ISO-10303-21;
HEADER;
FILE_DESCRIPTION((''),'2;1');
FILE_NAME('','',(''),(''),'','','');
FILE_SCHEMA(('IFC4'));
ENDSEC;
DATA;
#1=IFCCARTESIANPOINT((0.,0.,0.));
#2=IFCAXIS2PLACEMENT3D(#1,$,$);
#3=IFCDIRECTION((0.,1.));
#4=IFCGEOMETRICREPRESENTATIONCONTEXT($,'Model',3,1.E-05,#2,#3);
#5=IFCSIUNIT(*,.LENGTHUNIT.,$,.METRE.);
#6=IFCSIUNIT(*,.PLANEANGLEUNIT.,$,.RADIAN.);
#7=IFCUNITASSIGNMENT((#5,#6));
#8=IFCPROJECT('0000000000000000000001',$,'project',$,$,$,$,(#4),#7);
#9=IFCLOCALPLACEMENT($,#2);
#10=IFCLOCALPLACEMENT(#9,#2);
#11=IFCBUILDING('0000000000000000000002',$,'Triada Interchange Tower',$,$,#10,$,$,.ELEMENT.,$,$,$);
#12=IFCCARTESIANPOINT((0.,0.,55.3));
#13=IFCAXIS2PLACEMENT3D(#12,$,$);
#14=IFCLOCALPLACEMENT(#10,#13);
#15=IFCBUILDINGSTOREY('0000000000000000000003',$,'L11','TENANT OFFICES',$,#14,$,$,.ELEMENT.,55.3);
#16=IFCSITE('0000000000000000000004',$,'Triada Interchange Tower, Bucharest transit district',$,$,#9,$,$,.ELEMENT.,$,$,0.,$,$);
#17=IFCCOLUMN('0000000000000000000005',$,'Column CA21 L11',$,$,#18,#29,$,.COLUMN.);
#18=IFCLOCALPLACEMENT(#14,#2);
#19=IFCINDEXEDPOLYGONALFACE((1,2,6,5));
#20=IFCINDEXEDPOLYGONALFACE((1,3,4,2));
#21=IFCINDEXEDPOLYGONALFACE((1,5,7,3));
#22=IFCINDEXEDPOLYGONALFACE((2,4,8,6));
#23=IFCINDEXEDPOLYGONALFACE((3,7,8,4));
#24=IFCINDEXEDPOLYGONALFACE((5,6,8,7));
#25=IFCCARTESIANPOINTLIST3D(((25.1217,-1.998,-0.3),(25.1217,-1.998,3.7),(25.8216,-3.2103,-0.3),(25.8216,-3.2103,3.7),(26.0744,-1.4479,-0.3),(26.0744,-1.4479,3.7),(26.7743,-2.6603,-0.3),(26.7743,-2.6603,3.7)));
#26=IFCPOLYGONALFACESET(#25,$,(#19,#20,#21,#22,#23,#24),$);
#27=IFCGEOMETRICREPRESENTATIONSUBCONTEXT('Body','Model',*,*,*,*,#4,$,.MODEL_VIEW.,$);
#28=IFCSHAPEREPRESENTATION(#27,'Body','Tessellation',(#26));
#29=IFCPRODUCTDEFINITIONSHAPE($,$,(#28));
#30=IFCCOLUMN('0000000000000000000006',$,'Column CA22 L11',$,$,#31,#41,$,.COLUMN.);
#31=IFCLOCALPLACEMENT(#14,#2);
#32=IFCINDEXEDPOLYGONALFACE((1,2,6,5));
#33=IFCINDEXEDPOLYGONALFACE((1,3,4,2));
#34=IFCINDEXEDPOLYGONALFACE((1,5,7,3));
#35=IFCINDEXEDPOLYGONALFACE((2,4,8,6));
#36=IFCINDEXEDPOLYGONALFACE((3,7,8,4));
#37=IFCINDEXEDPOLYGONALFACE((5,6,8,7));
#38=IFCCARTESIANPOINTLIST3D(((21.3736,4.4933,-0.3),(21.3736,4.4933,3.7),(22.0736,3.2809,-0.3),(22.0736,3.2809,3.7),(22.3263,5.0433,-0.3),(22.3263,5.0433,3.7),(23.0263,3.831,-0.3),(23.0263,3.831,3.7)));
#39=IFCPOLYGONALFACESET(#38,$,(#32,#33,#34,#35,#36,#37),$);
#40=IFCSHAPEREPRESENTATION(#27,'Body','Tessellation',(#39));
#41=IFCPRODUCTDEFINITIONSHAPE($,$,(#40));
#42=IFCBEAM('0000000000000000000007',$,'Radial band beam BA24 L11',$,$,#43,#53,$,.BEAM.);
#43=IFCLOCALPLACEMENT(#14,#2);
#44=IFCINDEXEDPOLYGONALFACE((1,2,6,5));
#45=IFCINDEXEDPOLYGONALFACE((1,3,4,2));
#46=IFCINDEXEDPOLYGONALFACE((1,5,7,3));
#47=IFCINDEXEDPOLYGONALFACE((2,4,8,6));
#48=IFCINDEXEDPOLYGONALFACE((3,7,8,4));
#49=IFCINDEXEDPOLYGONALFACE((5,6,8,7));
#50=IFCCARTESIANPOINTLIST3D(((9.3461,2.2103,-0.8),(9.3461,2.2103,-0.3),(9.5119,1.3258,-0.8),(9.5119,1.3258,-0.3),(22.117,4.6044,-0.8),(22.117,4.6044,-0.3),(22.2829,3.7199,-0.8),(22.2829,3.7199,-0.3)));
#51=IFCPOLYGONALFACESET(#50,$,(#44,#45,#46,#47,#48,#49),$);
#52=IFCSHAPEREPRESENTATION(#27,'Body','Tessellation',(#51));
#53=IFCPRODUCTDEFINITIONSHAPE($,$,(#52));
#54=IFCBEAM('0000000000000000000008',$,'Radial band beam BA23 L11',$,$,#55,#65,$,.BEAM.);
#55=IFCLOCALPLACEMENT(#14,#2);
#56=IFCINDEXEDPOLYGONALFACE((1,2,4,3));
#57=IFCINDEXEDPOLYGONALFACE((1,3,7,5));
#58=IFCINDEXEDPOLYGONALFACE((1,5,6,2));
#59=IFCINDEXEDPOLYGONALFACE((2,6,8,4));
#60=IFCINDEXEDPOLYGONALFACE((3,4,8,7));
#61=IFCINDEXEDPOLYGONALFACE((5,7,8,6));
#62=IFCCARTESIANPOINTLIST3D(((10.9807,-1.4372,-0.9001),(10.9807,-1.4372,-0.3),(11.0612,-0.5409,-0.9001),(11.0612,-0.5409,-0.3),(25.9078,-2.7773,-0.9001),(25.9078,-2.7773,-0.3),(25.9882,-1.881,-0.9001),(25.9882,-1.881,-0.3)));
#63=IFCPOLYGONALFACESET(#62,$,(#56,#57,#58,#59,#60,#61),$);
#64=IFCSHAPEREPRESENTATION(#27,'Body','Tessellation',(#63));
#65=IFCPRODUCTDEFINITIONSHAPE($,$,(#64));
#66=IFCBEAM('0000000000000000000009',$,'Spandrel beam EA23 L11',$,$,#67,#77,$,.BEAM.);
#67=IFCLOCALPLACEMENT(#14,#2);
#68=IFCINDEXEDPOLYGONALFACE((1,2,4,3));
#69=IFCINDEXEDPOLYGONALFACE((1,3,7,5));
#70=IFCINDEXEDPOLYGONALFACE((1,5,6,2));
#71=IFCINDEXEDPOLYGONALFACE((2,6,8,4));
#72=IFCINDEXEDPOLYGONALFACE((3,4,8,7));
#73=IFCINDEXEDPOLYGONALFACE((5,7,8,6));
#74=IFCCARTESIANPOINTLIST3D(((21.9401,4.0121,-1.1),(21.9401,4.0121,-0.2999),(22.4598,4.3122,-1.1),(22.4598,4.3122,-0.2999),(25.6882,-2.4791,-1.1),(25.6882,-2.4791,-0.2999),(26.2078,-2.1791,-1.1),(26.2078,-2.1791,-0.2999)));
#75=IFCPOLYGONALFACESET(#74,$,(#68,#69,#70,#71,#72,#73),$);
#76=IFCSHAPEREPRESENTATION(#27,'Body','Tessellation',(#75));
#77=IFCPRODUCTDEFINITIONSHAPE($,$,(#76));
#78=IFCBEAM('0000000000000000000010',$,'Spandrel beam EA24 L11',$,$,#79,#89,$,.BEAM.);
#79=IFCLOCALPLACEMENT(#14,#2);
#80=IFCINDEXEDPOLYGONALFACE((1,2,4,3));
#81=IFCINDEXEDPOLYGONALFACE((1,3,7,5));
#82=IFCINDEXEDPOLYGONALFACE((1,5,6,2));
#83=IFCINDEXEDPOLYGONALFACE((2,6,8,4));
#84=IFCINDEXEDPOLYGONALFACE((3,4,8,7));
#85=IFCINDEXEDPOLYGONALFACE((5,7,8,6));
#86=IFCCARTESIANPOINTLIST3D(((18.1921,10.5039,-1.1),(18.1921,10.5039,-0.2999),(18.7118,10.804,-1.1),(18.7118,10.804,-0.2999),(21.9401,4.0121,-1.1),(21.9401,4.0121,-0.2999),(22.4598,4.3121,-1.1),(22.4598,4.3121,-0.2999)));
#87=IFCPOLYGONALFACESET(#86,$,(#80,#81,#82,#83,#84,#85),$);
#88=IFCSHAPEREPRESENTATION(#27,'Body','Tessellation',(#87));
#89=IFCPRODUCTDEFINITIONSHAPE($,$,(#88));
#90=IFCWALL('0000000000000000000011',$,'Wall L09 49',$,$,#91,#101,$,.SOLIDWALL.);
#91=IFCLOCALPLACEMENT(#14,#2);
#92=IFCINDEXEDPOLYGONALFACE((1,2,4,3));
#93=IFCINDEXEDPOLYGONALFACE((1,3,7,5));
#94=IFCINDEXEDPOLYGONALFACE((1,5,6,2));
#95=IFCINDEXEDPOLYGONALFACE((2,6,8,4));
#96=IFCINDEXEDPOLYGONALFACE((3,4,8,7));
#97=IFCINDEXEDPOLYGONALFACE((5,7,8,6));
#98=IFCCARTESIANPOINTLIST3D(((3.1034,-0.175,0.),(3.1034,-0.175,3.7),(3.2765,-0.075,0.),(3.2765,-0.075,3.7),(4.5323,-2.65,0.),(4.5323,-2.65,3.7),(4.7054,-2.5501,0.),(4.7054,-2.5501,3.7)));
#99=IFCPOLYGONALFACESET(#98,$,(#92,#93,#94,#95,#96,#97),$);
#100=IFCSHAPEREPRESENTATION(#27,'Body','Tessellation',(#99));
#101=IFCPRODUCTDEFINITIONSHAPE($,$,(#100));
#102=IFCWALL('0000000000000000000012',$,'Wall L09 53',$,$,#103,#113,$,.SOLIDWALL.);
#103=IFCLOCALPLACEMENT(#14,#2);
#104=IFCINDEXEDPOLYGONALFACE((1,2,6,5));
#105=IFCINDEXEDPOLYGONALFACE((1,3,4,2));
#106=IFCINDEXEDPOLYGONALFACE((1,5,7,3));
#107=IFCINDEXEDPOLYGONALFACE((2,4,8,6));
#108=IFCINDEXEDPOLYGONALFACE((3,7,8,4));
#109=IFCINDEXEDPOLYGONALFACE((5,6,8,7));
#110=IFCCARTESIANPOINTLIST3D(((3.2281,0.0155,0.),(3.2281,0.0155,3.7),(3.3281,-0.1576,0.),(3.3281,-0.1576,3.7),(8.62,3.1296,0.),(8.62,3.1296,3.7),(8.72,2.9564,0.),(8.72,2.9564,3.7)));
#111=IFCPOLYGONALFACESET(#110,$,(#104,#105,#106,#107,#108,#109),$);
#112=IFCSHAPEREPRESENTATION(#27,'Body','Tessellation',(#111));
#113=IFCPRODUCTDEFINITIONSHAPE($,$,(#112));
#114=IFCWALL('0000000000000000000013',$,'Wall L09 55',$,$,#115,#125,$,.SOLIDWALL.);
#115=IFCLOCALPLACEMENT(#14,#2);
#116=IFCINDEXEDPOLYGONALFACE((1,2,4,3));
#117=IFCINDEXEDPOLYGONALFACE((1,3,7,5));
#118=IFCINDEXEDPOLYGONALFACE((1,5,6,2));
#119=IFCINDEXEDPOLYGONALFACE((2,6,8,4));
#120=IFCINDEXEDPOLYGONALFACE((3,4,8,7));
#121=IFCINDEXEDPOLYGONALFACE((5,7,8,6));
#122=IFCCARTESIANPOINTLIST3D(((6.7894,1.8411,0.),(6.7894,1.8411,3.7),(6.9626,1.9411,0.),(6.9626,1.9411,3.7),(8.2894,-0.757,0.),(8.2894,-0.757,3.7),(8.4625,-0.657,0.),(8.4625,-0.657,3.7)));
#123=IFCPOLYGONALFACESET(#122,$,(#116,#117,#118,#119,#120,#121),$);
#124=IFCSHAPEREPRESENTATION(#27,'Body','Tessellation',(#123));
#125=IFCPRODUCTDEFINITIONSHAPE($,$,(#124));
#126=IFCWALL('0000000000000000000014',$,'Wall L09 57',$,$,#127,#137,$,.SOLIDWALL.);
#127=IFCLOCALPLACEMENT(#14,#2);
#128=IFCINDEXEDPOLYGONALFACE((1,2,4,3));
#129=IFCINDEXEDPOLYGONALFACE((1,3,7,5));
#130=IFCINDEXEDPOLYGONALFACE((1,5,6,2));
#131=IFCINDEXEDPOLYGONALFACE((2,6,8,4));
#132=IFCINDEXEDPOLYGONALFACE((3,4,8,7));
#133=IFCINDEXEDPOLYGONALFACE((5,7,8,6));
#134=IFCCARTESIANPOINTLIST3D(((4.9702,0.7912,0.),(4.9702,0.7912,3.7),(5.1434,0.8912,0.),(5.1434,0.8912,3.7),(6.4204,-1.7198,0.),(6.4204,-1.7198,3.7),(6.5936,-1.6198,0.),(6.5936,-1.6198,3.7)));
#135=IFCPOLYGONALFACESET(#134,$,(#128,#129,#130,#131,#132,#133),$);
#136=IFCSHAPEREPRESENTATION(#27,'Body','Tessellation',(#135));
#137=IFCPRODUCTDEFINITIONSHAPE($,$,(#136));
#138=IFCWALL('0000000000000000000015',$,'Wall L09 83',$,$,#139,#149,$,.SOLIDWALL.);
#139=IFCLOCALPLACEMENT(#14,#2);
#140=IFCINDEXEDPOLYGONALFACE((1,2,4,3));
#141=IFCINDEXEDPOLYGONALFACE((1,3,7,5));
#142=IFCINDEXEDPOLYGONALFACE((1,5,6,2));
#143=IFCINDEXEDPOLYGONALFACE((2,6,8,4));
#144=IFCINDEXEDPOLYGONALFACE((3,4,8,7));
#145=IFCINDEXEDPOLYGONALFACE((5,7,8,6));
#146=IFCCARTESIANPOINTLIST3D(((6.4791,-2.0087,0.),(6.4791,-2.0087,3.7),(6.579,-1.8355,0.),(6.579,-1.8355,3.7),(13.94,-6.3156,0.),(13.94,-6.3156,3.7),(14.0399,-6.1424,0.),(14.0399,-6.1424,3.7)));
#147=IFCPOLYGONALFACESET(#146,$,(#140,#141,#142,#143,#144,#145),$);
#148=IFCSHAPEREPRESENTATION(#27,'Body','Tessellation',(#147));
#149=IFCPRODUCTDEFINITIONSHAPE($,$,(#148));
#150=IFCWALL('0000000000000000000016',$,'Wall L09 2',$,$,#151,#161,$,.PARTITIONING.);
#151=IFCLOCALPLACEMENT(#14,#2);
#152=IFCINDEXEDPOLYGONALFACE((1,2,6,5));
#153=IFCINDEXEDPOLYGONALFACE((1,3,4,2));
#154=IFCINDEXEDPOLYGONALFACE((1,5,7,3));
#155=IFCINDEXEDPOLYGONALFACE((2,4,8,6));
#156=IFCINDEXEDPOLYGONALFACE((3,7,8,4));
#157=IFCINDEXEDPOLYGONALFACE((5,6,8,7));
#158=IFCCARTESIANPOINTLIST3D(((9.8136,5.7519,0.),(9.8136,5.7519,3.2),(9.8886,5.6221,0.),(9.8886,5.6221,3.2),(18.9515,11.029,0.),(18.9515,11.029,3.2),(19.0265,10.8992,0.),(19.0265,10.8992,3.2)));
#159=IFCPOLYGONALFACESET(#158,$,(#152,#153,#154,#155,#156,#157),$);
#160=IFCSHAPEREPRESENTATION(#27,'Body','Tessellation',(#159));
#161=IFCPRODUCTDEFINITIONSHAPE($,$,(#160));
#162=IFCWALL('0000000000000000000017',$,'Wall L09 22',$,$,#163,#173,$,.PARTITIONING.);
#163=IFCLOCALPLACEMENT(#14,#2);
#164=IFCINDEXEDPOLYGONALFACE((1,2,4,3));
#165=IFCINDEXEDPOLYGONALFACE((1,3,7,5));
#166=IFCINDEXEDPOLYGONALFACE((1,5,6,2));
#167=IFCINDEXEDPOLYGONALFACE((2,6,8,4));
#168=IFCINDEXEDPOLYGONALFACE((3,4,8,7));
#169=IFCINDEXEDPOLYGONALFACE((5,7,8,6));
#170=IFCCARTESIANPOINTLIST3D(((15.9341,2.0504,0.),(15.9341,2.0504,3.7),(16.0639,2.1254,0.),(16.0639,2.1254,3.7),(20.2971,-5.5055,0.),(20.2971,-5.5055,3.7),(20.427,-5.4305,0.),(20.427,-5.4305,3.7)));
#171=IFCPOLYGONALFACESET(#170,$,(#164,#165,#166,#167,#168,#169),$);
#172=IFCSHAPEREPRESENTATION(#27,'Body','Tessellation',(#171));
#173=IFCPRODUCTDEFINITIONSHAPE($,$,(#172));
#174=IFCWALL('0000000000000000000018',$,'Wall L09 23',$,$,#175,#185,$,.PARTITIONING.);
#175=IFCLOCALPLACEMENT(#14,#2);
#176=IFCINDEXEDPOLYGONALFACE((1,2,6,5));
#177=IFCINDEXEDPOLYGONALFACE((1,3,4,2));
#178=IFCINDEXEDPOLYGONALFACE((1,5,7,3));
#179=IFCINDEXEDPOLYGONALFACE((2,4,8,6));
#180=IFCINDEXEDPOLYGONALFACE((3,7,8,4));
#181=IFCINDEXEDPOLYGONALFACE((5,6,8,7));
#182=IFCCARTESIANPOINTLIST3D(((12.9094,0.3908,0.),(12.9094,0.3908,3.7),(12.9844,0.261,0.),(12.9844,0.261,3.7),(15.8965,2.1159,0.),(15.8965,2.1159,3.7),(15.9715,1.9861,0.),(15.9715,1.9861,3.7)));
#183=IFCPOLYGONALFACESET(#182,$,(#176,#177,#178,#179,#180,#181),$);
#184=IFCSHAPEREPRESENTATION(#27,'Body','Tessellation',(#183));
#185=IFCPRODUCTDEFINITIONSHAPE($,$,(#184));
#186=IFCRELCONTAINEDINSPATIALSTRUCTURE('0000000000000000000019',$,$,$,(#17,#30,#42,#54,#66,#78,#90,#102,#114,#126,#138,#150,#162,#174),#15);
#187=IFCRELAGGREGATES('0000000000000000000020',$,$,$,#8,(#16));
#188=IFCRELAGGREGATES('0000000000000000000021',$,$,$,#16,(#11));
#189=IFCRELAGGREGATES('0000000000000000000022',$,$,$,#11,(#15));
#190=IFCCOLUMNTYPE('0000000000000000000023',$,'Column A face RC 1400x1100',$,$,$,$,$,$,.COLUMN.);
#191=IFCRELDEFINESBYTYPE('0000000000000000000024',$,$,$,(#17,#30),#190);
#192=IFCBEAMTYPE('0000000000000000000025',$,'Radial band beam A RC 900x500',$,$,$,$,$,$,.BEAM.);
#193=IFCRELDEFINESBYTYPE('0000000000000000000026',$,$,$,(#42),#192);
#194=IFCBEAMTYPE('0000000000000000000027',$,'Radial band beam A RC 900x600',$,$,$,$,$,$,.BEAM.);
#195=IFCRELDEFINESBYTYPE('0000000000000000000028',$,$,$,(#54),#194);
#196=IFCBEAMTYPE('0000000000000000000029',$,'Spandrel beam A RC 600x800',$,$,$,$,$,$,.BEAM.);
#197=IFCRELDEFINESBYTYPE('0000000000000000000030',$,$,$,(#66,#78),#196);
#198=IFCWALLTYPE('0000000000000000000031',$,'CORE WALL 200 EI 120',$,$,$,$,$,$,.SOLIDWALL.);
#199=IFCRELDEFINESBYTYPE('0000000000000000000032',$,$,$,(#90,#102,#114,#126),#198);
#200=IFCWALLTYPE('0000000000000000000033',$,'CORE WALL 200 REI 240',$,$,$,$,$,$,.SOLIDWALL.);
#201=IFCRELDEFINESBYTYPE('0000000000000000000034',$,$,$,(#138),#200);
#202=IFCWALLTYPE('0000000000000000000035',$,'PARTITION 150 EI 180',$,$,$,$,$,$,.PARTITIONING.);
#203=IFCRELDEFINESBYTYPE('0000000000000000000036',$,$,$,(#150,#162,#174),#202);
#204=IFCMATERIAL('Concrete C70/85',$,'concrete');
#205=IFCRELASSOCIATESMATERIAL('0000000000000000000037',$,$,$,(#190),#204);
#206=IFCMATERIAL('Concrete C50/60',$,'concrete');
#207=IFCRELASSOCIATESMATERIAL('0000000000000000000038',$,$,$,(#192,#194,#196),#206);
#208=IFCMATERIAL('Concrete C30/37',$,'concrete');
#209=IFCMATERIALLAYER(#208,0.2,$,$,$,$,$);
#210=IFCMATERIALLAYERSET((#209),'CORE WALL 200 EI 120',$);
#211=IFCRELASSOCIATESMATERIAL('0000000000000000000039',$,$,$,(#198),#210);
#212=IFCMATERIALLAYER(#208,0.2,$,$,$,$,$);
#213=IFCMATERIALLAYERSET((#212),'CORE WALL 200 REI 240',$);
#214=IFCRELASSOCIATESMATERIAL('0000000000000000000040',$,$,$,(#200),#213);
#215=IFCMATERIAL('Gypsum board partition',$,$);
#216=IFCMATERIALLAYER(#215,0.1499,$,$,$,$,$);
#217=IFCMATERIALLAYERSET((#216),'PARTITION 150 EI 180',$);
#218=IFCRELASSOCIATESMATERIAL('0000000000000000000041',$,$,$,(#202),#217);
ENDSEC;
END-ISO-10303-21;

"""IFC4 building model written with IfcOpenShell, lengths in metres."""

from ifc_helpers import new_model, si_unit, direction, frame, frame_2d, origin, origin_2d, place, context, subcontext, project, spatial, rectangle, extrude, material, layer, layer_set, material_profile, profile_set, type_object, element, save


model = new_model("IFC4")

# Units and contexts
model_context = context("Model", 3, precision=1e-05, world=origin(), true_north=direction((0.0, 1.0)))
body_context = subcontext(model_context, "Body", "Model", "MODEL_VIEW")
ifc_project = project(units=[si_unit("LENGTHUNIT", "METRE"), si_unit("PLANEANGLEUNIT", "RADIAN")], contexts=[model_context])

# Site, building, storey
site_placement = place(None, origin())
site = spatial("IfcSite", under=ifc_project, at=site_placement, Name="Triada Interchange Tower, Bucharest transit district", CompositionType="ELEMENT", RefElevation=0.0)
building_placement = place(site_placement, origin())
building = spatial("IfcBuilding", under=site, at=building_placement, Name="Triada Interchange Tower", CompositionType="ELEMENT")
storey_placement = place(building_placement, frame((0.0, 0.0, 55.3)))
storey = spatial("IfcBuildingStorey", under=building, at=storey_placement, Name="L11", Description="TENANT OFFICES", CompositionType="ELEMENT", Elevation=55.3)

# Columns
ifc_material_1 = material(Name="Concrete C70/85", Category="concrete")
ifc_material_profile_1 = material_profile(ifc_material_1, rectangle(XDim=1.3999, YDim=1.1001, at=origin_2d()), Name="RC 1400x1100")
ifc_profile_set_1 = profile_set([ifc_material_profile_1], Name="Concrete C70/85")
column_type = type_object("IfcColumnType", Name="Column A face RC 1400x1100", PredefinedType="COLUMN", material=ifc_profile_set_1)
for number, where, z_axis, x_axis, name in (
    (1, (25.948, -2.3291, -0.3), (0.0, 0.0, 1.0), (-0.5, 0.866025, 0.0), "Column CA21 L11"),
    (2, (22.2, 4.1621, -0.3), (0.0, 0.0, 1.0), (-0.5, 0.866025, 0.0), "Column CA22 L11"),
):
    element("IfcColumn", number, at=place(storey_placement, frame(where, z_axis=z_axis, x_axis=x_axis)), inside=storey, type_object=column_type, Name=name, PredefinedType="COLUMN", context=body_context, shape_type="SweptSolid", body=[
        extrude(rectangle(XDim=1.3999, YDim=1.1001, at=origin_2d()), origin(), (0.0, 0.0, 1.0), 4.0),
    ])

# Beams
ifc_material_2 = material(Name="Concrete C50/60", Category="concrete")
ifc_material_profile_2 = material_profile(ifc_material_2, rectangle(XDim=0.8999, YDim=0.5, at=origin_2d()), Name="RC 900x500")
ifc_profile_set_2 = profile_set([ifc_material_profile_2], Name="Concrete C50/60")
beam_type_1 = type_object("IfcBeamType", Name="Radial band beam A RC 900x500", PredefinedType="BEAM", material=ifc_profile_set_2)
beam_1_placement = place(storey_placement, frame((22.2, 4.1621, -0.55), z_axis=(-0.982879, -0.18425, 0.0), x_axis=(0.18425, -0.982879, 0.0)))
element("IfcBeam", 3, at=beam_1_placement, inside=storey, type_object=beam_type_1, Name="Radial band beam BA24 L11", PredefinedType="BEAM", context=body_context, shape_type="SweptSolid", body=[
    extrude(rectangle(XDim=0.8999, YDim=0.5, at=origin_2d()), origin(), (0.0, 0.0, 1.0), 12.9934),
])
ifc_material_profile_3 = material_profile(ifc_material_2, rectangle(XDim=0.8999, YDim=0.6001, at=origin_2d()), Name="RC 900x600")
ifc_profile_set_3 = profile_set([ifc_material_profile_3], Name="Concrete C50/60")
beam_type_2 = type_object("IfcBeamType", Name="Radial band beam A RC 900x600", PredefinedType="BEAM", material=ifc_profile_set_3)
beam_2_placement = place(storey_placement, frame((25.948, -2.3291, -0.6001), z_axis=(-0.995994, 0.089416, 0.0), x_axis=(-0.089416, -0.995994, 0.0)))
element("IfcBeam", 4, at=beam_2_placement, inside=storey, type_object=beam_type_2, Name="Radial band beam BA23 L11", PredefinedType="BEAM", context=body_context, shape_type="SweptSolid", body=[
    extrude(rectangle(XDim=0.8999, YDim=0.6001, at=origin_2d()), origin(), (0.0, 0.0, 1.0), 14.9871),
])
ifc_material_profile_4 = material_profile(ifc_material_2, rectangle(XDim=0.6001, YDim=0.8, at=origin_2d()), Name="RC 600x800")
ifc_profile_set_4 = profile_set([ifc_material_profile_4], Name="Concrete C50/60")
beam_type_3 = type_object("IfcBeamType", Name="Spandrel beam A RC 600x800", PredefinedType="BEAM", material=ifc_profile_set_4)
beam_3_placement = place(storey_placement, frame((25.948, -2.3291, -0.7), z_axis=(-0.500034, 0.866006, 0.0), x_axis=(-0.866006, -0.500034, 0.0)))
element("IfcBeam", 5, at=beam_3_placement, inside=storey, type_object=beam_type_3, Name="Spandrel beam EA23 L11", PredefinedType="BEAM", context=body_context, shape_type="SweptSolid", body=[
    extrude(rectangle(XDim=0.6001, YDim=0.8, at=origin_2d()), origin(), (0.0, 0.0, 1.0), 7.4956),
])
beam_4_placement = place(storey_placement, frame((22.2, 4.1621, -0.7), z_axis=(-0.499992, 0.86603, 0.0), x_axis=(-0.86603, -0.499992, 0.0)))
element("IfcBeam", 6, at=beam_4_placement, inside=storey, type_object=beam_type_3, Name="Spandrel beam EA24 L11", PredefinedType="BEAM", context=body_context, shape_type="SweptSolid", body=[
    extrude(rectangle(XDim=0.6001, YDim=0.8, at=origin_2d()), origin(), (0.0, 0.0, 1.0), 7.4961),
])

# Walls
ifc_material_3 = material(Name="Concrete C30/37", Category="concrete")
ifc_layer_1 = layer(ifc_material_3, 0.2)
ifc_layer_set_1 = layer_set([ifc_layer_1], Name="CORE WALL 200 EI 120")
wall_type_1 = type_object("IfcWallType", Name="CORE WALL 200 EI 120", PredefinedType="SOLIDWALL", material=ifc_layer_set_1)
wall_1_placement = place(storey_placement, frame((3.1899, -0.125, 0.0), z_axis=(0.0, 0.0, 1.0), x_axis=(0.499989, -0.866032, 0.0)))
element("IfcWall", 7, at=wall_1_placement, inside=storey, type_object=wall_type_1, Name="Wall L09 49", PredefinedType="SOLIDWALL", context=body_context, shape_type="SweptSolid", body=[
    extrude(rectangle(XDim=2.8579, YDim=0.2, at=frame_2d((1.429, 0.0))), origin(), (0.0, 0.0, 1.0), 3.7),
])
wall_2_placement = place(storey_placement, frame((3.2781, -0.071, 0.0), z_axis=(0.0, 0.0, 1.0), x_axis=(0.865954, 0.500124, 0.0)))
element("IfcWall", 8, at=wall_2_placement, inside=storey, type_object=wall_type_1, Name="Wall L09 53", PredefinedType="SOLIDWALL", context=body_context, shape_type="SweptSolid", body=[
    extrude(rectangle(XDim=6.2266, YDim=0.2, at=frame_2d((3.1133, 0.0))), origin(), (0.0, 0.0, 1.0), 3.7),
])
wall_3_placement = place(storey_placement, frame((6.876, 1.8911, 0.0), z_axis=(0.0, 0.0, 1.0), x_axis=(0.49999, -0.866031, 0.0)))
element("IfcWall", 9, at=wall_3_placement, inside=storey, type_object=wall_type_1, Name="Wall L09 55", PredefinedType="SOLIDWALL", context=body_context, shape_type="SweptSolid", body=[
    extrude(rectangle(XDim=3.0, YDim=0.2, at=frame_2d((1.5, 0.0))), origin(), (0.0, 0.0, 1.0), 3.7),
])
wall_4_placement = place(storey_placement, frame((5.0569, 0.8411, 0.0), z_axis=(0.0, 0.0, 1.0), x_axis=(0.500123, -0.865954, 0.0)))
element("IfcWall", 10, at=wall_4_placement, inside=storey, type_object=wall_type_1, Name="Wall L09 57", PredefinedType="SOLIDWALL", context=body_context, shape_type="SweptSolid", body=[
    extrude(rectangle(XDim=2.8997, YDim=0.2, at=frame_2d((1.4497, 0.0))), origin(), (0.0, 0.0, 1.0), 3.7),
])
ifc_layer_2 = layer(ifc_material_3, 0.2)
ifc_layer_set_2 = layer_set([ifc_layer_2], Name="CORE WALL 200 REI 240")
wall_type_2 = type_object("IfcWallType", Name="CORE WALL 200 REI 240", PredefinedType="SOLIDWALL", material=ifc_layer_set_2)
wall_5_placement = place(storey_placement, frame((6.5291, -1.9221, 0.0), z_axis=(0.0, 0.0, 1.0), x_axis=(0.86606, -0.49994, 0.0)))
element("IfcWall", 11, at=wall_5_placement, inside=storey, type_object=wall_type_2, Name="Wall L09 83", PredefinedType="SOLIDWALL", context=body_context, shape_type="SweptSolid", body=[
    extrude(rectangle(XDim=8.6147, YDim=0.2, at=frame_2d((4.3074, 0.0))), origin(), (0.0, 0.0, 1.0), 3.7),
])
ifc_material_4 = material(Name="Gypsum board partition")
ifc_layer_3 = layer(ifc_material_4, 0.1499)
ifc_layer_set_3 = layer_set([ifc_layer_3], Name="PARTITION 150 EI 180")
wall_type_3 = type_object("IfcWallType", Name="PARTITION 150 EI 180", PredefinedType="PARTITIONING", material=ifc_layer_set_3)
wall_6_placement = place(storey_placement, frame((9.8511, 5.687, 0.0), z_axis=(0.0, 0.0, 1.0), x_axis=(0.865972, 0.500093, 0.0)))
element("IfcWall", 12, at=wall_6_placement, inside=storey, type_object=wall_type_3, Name="Wall L09 2", PredefinedType="PARTITIONING", context=body_context, shape_type="SweptSolid", body=[
    extrude(rectangle(XDim=10.5522, YDim=0.1499, at=frame_2d((5.2761, 0.0))), origin(), (0.0, 0.0, 1.0), 3.2),
])
wall_7_placement = place(storey_placement, frame((15.999, 2.0879, 0.0), z_axis=(0.0, 0.0, 1.0), x_axis=(0.500054, -0.865994, 0.0)))
element("IfcWall", 13, at=wall_7_placement, inside=storey, type_object=wall_type_3, Name="Wall L09 22", PredefinedType="PARTITIONING", context=body_context, shape_type="SweptSolid", body=[
    extrude(rectangle(XDim=8.7251, YDim=0.1499, at=frame_2d((4.3625, 0.0))), origin(), (0.0, 0.0, 1.0), 3.7),
])
wall_8_placement = place(storey_placement, frame((12.947, 0.3259, 0.0), z_axis=(0.0, 0.0, 1.0), x_axis=(0.86596, 0.500113, 0.0)))
element("IfcWall", 14, at=wall_8_placement, inside=storey, type_object=wall_type_3, Name="Wall L09 23", PredefinedType="PARTITIONING", context=body_context, shape_type="SweptSolid", body=[
    extrude(rectangle(XDim=3.4495, YDim=0.1499, at=frame_2d((1.7246, 0.0))), origin(), (0.0, 0.0, 1.0), 3.7),
])

save(model, "model.ifc")
